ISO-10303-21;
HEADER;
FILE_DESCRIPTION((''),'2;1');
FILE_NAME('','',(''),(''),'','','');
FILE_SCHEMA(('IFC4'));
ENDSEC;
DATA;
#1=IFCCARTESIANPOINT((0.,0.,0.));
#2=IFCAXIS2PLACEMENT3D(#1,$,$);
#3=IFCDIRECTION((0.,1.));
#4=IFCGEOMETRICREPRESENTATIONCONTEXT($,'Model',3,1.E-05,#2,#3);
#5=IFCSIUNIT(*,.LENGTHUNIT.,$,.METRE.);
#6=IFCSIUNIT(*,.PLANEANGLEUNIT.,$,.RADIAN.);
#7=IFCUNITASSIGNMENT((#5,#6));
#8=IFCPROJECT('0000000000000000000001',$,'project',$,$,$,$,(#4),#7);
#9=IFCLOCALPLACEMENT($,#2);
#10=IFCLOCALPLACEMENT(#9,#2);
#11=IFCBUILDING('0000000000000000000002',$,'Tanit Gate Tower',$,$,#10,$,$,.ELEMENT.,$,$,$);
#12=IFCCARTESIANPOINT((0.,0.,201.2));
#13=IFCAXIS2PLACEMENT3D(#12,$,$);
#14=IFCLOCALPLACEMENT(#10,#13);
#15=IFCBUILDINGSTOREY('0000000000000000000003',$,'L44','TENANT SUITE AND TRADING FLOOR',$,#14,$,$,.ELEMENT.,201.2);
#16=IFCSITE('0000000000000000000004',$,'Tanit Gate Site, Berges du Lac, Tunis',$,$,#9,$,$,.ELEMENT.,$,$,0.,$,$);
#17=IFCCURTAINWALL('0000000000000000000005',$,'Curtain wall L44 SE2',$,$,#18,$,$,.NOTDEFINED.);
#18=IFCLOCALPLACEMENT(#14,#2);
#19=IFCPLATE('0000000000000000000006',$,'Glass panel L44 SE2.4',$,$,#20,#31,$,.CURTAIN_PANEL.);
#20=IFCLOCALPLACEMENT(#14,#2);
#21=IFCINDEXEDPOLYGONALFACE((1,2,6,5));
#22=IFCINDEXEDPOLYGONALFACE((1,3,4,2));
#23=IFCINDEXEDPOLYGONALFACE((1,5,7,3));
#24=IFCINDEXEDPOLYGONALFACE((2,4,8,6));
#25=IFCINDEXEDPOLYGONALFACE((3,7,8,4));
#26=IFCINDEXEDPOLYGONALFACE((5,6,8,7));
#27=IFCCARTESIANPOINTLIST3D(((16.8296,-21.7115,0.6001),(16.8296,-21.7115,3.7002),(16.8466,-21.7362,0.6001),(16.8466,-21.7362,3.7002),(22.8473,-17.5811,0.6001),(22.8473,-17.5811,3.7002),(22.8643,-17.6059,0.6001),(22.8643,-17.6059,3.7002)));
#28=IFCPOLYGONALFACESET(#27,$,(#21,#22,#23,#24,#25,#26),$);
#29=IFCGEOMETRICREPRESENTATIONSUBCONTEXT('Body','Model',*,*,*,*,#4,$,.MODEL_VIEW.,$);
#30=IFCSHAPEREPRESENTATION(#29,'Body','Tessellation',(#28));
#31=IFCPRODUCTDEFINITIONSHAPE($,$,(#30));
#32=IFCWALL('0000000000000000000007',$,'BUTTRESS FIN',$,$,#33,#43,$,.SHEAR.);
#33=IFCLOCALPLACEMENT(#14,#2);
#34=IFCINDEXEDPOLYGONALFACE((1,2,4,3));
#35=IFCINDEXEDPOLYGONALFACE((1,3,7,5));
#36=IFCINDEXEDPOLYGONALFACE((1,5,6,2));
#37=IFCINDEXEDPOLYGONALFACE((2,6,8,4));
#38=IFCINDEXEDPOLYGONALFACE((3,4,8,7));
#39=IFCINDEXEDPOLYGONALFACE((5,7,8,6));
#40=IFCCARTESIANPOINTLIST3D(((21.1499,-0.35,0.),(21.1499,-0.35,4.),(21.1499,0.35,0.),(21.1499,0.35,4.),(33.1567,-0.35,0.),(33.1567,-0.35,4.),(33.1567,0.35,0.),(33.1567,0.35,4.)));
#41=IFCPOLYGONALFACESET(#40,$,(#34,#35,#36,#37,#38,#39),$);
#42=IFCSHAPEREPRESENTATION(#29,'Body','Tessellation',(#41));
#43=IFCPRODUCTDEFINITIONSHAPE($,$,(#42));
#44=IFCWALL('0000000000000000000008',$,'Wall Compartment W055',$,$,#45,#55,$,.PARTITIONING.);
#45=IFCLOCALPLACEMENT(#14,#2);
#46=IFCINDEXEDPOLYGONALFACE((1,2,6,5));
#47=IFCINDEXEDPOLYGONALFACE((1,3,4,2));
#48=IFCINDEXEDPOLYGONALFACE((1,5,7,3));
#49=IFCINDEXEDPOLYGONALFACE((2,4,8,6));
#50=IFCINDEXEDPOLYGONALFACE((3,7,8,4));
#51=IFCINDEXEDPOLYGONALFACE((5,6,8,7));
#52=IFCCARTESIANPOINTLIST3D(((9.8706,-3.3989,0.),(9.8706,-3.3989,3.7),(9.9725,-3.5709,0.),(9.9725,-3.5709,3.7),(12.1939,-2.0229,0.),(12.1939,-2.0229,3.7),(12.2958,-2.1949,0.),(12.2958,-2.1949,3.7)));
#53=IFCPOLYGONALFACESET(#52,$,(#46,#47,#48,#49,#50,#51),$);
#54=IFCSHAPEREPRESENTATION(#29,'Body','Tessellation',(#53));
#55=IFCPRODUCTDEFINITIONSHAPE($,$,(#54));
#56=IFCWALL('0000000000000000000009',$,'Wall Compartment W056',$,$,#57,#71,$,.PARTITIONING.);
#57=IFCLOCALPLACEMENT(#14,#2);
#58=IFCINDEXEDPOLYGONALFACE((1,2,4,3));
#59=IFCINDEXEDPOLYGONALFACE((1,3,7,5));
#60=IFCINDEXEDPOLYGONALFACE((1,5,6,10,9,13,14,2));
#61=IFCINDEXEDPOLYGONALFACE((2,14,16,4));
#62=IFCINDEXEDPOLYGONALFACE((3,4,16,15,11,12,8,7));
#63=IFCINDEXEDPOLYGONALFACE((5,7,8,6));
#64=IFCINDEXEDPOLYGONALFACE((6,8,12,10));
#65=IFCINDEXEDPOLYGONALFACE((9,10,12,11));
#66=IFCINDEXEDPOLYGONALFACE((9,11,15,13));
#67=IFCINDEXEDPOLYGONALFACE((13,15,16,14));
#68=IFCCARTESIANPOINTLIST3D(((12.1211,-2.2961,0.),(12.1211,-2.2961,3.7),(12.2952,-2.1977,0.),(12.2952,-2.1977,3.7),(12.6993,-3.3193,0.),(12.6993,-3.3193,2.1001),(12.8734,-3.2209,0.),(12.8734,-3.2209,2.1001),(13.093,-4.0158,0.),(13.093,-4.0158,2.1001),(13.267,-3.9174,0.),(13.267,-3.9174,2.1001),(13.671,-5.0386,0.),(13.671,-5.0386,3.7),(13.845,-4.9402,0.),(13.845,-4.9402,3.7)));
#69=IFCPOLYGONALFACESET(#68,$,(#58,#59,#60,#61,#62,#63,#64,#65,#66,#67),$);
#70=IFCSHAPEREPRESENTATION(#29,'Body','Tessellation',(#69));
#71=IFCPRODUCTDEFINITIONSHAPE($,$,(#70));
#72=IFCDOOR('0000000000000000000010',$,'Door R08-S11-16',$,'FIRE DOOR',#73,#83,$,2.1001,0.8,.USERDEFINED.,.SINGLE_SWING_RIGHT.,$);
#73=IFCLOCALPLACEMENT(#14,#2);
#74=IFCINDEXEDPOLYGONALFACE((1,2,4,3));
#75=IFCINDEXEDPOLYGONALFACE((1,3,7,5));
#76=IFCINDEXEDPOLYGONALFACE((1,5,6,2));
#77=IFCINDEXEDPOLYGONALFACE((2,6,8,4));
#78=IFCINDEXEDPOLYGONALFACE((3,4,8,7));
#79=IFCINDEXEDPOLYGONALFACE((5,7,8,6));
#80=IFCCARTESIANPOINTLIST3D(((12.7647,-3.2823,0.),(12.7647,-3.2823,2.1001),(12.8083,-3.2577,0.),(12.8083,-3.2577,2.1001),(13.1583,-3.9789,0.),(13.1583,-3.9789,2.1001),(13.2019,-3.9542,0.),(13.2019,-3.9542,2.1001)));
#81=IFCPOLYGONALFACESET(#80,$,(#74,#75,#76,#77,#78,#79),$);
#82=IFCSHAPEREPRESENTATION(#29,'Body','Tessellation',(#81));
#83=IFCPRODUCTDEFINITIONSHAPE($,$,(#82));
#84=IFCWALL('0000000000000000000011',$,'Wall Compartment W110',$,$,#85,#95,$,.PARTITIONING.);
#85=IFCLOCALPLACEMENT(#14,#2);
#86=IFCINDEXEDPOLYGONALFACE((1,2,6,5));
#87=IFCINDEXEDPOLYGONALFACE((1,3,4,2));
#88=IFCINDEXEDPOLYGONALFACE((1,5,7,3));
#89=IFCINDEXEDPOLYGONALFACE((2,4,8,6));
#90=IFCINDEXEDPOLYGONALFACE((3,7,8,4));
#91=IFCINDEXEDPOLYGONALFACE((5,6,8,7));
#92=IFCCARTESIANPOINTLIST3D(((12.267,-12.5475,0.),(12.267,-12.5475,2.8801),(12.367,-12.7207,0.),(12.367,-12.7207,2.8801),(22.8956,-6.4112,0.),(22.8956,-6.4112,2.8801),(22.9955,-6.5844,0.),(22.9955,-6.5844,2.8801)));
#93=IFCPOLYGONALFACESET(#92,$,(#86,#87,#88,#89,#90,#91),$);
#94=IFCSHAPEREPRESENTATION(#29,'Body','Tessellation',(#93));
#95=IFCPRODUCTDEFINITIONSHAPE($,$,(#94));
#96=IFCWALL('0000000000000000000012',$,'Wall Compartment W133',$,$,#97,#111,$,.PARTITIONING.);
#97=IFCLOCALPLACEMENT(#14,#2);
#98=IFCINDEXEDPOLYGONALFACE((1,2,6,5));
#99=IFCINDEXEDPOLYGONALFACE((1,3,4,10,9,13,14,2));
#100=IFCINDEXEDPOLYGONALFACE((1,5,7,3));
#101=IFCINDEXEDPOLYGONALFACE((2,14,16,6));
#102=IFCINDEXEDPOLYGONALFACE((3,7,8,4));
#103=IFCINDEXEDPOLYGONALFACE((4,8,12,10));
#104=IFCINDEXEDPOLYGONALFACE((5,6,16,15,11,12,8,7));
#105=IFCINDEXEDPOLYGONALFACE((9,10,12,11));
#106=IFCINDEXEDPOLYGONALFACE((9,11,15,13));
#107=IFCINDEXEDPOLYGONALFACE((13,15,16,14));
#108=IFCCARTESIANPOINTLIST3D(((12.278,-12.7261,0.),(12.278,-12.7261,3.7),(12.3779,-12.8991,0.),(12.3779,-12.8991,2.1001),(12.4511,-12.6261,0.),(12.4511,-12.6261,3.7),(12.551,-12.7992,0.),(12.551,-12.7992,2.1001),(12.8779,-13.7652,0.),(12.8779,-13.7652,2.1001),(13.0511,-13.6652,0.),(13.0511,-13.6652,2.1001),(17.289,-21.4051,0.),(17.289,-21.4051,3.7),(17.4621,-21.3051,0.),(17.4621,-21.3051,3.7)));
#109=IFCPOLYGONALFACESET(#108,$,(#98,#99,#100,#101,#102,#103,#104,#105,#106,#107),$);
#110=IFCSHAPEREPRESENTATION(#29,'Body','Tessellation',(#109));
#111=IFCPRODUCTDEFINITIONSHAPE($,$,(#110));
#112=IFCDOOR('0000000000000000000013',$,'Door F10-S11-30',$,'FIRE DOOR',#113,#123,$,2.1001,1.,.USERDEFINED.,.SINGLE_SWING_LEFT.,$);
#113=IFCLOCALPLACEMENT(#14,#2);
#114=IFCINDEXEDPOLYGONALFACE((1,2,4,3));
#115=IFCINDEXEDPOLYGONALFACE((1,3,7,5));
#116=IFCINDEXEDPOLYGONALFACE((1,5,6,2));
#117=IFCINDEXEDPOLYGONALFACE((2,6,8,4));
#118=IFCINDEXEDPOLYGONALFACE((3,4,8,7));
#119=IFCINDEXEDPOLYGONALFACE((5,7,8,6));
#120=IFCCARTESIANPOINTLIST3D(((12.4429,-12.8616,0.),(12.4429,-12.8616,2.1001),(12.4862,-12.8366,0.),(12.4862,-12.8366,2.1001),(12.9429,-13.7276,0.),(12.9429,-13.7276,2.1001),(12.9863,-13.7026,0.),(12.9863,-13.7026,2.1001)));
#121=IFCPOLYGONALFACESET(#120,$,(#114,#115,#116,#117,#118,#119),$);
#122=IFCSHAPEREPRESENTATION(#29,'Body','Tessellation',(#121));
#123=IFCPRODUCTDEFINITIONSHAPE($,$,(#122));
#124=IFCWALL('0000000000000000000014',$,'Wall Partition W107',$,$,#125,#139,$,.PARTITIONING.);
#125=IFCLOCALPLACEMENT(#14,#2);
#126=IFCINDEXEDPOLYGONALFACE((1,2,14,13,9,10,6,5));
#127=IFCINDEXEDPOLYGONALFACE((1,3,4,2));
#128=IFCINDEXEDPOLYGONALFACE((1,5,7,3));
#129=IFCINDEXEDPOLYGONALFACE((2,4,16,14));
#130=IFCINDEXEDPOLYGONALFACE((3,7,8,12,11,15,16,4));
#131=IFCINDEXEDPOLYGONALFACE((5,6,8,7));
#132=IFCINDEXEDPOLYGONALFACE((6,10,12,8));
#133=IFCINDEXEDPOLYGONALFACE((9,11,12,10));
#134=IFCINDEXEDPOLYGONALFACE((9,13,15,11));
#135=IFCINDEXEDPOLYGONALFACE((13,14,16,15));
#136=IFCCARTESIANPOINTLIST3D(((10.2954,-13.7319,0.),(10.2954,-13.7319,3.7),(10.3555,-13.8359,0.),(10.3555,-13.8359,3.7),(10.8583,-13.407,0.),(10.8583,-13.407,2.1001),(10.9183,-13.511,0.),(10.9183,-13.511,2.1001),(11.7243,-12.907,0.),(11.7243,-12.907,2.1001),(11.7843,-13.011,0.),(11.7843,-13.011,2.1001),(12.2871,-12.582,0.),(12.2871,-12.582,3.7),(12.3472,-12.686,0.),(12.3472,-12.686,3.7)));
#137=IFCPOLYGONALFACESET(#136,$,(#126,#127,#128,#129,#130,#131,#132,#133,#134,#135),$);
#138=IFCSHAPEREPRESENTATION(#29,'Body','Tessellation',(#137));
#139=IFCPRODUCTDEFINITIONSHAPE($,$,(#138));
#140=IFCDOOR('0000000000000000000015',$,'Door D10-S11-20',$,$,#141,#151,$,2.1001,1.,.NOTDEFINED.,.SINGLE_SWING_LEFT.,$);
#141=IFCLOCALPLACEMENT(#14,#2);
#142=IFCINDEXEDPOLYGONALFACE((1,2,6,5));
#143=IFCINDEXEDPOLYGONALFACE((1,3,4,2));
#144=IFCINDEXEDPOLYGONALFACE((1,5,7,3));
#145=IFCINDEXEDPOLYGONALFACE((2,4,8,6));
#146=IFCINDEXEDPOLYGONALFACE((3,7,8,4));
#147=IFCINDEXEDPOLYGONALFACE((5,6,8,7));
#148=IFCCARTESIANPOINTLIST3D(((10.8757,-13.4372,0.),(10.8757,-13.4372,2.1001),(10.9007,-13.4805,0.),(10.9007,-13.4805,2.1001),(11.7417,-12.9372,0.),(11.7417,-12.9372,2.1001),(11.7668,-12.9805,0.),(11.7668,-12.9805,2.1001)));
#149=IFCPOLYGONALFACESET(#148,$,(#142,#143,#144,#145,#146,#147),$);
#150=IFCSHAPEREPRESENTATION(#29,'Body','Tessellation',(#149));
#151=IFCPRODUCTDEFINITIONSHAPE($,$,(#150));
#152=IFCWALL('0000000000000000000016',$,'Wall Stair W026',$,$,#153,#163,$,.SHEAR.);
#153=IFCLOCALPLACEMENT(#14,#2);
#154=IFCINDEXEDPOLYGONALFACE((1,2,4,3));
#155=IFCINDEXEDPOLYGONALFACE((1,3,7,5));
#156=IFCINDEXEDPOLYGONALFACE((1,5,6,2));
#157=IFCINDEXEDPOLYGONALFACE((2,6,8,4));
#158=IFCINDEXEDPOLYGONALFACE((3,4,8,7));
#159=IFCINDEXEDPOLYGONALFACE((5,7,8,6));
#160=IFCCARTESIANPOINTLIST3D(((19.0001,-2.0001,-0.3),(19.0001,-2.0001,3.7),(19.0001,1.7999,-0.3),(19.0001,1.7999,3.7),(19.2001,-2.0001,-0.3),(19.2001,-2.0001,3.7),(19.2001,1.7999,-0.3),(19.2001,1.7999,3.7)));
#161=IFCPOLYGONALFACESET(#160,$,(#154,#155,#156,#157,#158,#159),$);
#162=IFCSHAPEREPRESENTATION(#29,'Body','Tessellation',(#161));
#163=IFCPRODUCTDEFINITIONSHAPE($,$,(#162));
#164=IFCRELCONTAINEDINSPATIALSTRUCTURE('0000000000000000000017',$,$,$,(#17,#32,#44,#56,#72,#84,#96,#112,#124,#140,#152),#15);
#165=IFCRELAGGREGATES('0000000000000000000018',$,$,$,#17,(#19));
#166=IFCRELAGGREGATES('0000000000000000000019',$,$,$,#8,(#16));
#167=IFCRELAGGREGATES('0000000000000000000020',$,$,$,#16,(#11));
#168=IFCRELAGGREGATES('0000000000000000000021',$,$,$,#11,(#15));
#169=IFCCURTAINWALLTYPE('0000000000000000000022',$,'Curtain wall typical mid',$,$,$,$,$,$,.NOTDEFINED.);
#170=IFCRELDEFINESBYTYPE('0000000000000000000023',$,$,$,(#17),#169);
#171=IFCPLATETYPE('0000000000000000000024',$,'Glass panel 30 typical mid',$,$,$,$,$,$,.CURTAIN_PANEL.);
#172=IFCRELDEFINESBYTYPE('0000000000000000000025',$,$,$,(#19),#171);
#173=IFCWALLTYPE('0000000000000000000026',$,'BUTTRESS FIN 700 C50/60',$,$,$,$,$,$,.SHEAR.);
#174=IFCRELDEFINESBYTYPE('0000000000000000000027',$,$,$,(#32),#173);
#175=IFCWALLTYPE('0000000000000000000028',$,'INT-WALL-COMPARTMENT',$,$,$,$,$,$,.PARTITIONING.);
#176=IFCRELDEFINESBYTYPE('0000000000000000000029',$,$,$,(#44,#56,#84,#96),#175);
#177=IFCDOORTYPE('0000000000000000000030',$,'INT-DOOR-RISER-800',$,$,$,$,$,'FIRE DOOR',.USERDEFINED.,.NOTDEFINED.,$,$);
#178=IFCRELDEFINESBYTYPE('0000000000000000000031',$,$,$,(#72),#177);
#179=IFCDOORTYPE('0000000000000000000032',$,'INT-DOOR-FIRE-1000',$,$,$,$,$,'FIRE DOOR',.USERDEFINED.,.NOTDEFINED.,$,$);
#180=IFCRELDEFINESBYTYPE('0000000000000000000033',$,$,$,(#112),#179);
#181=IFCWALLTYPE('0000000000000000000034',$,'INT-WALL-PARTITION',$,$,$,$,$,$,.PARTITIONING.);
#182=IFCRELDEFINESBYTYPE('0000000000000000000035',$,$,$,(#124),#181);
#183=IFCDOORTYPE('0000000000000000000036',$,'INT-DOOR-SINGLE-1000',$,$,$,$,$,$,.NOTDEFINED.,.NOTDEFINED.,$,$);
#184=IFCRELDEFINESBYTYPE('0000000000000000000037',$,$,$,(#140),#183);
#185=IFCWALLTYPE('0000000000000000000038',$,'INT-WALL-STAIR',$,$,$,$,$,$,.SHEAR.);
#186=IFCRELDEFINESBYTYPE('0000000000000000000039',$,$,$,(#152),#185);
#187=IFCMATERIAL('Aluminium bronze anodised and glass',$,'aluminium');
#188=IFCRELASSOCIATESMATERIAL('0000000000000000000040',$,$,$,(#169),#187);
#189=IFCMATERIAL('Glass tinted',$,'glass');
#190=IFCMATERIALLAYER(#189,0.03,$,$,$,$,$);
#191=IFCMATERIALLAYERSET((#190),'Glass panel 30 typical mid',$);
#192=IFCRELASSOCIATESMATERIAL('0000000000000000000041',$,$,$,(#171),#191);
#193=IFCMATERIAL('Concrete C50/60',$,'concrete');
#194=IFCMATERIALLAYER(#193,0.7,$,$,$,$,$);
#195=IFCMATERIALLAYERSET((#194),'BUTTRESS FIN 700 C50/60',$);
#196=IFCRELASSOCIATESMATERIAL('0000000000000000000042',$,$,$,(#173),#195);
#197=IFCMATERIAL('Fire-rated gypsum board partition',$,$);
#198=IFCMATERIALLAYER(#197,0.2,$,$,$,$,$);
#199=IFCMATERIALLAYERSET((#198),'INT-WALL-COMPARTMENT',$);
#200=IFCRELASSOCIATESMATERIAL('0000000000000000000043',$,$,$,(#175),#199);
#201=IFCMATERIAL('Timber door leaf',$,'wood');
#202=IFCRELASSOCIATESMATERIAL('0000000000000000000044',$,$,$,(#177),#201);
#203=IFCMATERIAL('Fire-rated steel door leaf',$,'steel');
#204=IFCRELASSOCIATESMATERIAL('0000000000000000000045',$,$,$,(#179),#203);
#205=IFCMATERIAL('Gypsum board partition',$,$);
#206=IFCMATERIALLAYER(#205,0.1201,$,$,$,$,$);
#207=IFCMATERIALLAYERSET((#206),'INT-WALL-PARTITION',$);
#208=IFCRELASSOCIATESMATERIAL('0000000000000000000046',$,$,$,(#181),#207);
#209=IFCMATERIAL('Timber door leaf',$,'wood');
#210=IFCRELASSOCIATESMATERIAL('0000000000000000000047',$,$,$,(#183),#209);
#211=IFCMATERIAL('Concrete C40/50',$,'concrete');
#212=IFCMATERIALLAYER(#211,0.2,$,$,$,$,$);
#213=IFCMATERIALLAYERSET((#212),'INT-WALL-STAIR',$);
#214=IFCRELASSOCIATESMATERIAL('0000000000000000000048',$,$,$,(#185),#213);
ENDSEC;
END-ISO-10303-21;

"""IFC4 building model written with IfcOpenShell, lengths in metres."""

from ifc_helpers import new_model, si_unit, direction, frame, frame_2d, origin, origin_2d, place, context, subcontext, project, spatial, rectangle, extrude, material, layer, layer_set, type_object, element, fill, aggregate, save


model = new_model("IFC4")

# Units and contexts
model_context = context("Model", 3, precision=1e-05, world=origin(), true_north=direction((0.0, 1.0)))
body_context = subcontext(model_context, "Body", "Model", "MODEL_VIEW")
ifc_project = project(units=[si_unit("LENGTHUNIT", "METRE"), si_unit("PLANEANGLEUNIT", "RADIAN")], contexts=[model_context])

# Site, building, storey
site_placement = place(None, origin())
site = spatial("IfcSite", under=ifc_project, at=site_placement, Name="Tanit Gate Site, Berges du Lac, Tunis", CompositionType="ELEMENT", RefElevation=0.0)
building_placement = place(site_placement, origin())
building = spatial("IfcBuilding", under=site, at=building_placement, Name="Tanit Gate Tower", CompositionType="ELEMENT")
storey_placement = place(building_placement, frame((0.0, 0.0, 201.2)))
storey = spatial("IfcBuildingStorey", under=building, at=storey_placement, Name="L44", Description="TENANT SUITE AND TRADING FLOOR", CompositionType="ELEMENT", Elevation=201.2)

# Curtain wall
ifc_material_1 = material(Name="Aluminium bronze anodised and glass", Category="aluminium")
curtain_wall_type = type_object("IfcCurtainWallType", Name="Curtain wall typical mid", PredefinedType="NOTDEFINED", material=ifc_material_1)
curtain_wall_placement = place(storey_placement, origin())
curtain_wall = element("IfcCurtainWall", 1, at=curtain_wall_placement, inside=storey, type_object=curtain_wall_type, Name="Curtain wall L44 SE2", PredefinedType="NOTDEFINED")

# Plate
ifc_material_2 = material(Name="Glass tinted", Category="glass")
ifc_layer_1 = layer(ifc_material_2, 0.03)
ifc_layer_set_1 = layer_set([ifc_layer_1], Name="Glass panel 30 typical mid")
plate_type = type_object("IfcPlateType", Name="Glass panel 30 typical mid", PredefinedType="CURTAIN_PANEL", material=ifc_layer_set_1)
plate_1_placement = place(storey_placement, frame((19.8469, -19.6587, 0.6001), z_axis=(0.0, 0.0, 1.0), x_axis=(0.824479, 0.565893, 0.0)))
plate_1 = element("IfcPlate", 2, at=plate_1_placement, type_object=plate_type, Name="Glass panel L44 SE2.4", PredefinedType="CURTAIN_PANEL", context=body_context, shape_type="SweptSolid", body=[
    extrude(rectangle(XDim=7.2988, YDim=0.03, at=origin_2d()), origin(), (0.0, 0.0, 1.0), 3.1001),
])
aggregate(curtain_wall, [plate_1])

# Walls
ifc_material_3 = material(Name="Concrete C50/60", Category="concrete")
ifc_layer_2 = layer(ifc_material_3, 0.7)
ifc_layer_set_2 = layer_set([ifc_layer_2], Name="BUTTRESS FIN 700 C50/60")
wall_type_1 = type_object("IfcWallType", Name="BUTTRESS FIN 700 C50/60", PredefinedType="SHEAR", material=ifc_layer_set_2)
wall_1_placement = place(storey_placement, frame((21.1499, 0.0, 0.0), z_axis=(0.0, 0.0, 1.0), x_axis=(1.0, 0.0, 0.0)))
element("IfcWall", 3, at=wall_1_placement, inside=storey, type_object=wall_type_1, Name="BUTTRESS FIN", PredefinedType="SHEAR", context=body_context, shape_type="SweptSolid", body=[
    extrude(rectangle(XDim=12.0068, YDim=0.7, at=frame_2d((6.0034, 0.0))), origin(), (0.0, 0.0, 1.0), 4.0),
])
ifc_material_4 = material(Name="Fire-rated gypsum board partition")
ifc_layer_3 = layer(ifc_material_4, 0.2)
ifc_layer_set_3 = layer_set([ifc_layer_3], Name="INT-WALL-COMPARTMENT")
wall_type_2 = type_object("IfcWallType", Name="INT-WALL-COMPARTMENT", PredefinedType="PARTITIONING", material=ifc_layer_set_3)
wall_2_placement = place(storey_placement, frame((12.2449, -2.1089, 0.0), z_axis=(0.0, 0.0, 1.0), x_axis=(-0.860415, -0.509594, 0.0)))
element("IfcWall", 4, at=wall_2_placement, inside=storey, type_object=wall_type_2, Name="Wall Compartment W055", PredefinedType="PARTITIONING", context=body_context, shape_type="SweptSolid", body=[
    extrude(rectangle(XDim=2.7002, YDim=0.2, at=frame_2d((1.3501, 0.0))), origin(), (0.0, 0.0, 1.0), 3.7),
])

# Wall, opening, door
wall_3_placement = place(storey_placement, frame((13.7581, -4.9895, 0.0), z_axis=(0.0, 0.0, 1.0), x_axis=(-0.491993, 0.870599, 0.0)))
wall_3 = element("IfcWall", 5, at=wall_3_placement, inside=storey, type_object=wall_type_2, Name="Wall Compartment W056", PredefinedType="PARTITIONING", context=body_context, shape_type="SweptSolid", body=[
    extrude(rectangle(XDim=3.1501, YDim=0.2, at=frame_2d((1.5752, 0.0))), origin(), (0.0, 0.0, 1.0), 3.7),
])
opening_1_placement = place(wall_3_placement, frame((1.175, 0.0, 0.0)))
opening_1 = element("IfcOpeningElement", 6, at=opening_1_placement, cuts=wall_3, PredefinedType="OPENING", context=body_context, shape_type="SweptSolid", body=[
    extrude(rectangle(XDim=0.8, YDim=2.1001, at=frame_2d((0.3999, 1.05))), frame((0.0, 0.1099, 0.0), z_axis=(0.0, -1.0, 0.0), x_axis=(1.0, 0.0, 0.0)), (0.0, 0.0, 1.0), 0.22),
])
ifc_material_5 = material(Name="Timber door leaf", Category="wood")
door_type_1 = type_object("IfcDoorType", Name="INT-DOOR-RISER-800", ElementType="FIRE DOOR", OperationType="NOTDEFINED", PredefinedType="USERDEFINED", material=ifc_material_5)
door_1_placement = place(opening_1_placement, origin())
door_1 = element("IfcDoor", 7, at=door_1_placement, inside=storey, type_object=door_type_1, Name="Door R08-S11-16", ObjectType="FIRE DOOR", OperationType="SINGLE_SWING_RIGHT", OverallHeight=2.1001, OverallWidth=0.8, PredefinedType="USERDEFINED", context=body_context, shape_type="SweptSolid", body=[
    extrude(rectangle(XDim=0.8, YDim=2.1001, at=frame_2d((0.3999, 1.05))), frame((0.0, 0.0249, 0.0), z_axis=(0.0, -1.0, 0.0), x_axis=(1.0, 0.0, 0.0)), (0.0, 0.0, 1.0), 0.05),
])
fill(opening_1, door_1)

# Wall
wall_4_placement = place(storey_placement, frame((12.3171, -12.634, 0.0), z_axis=(0.0, 0.0, 1.0), x_axis=(0.866029, 0.499995, 0.0)))
element("IfcWall", 8, at=wall_4_placement, inside=storey, type_object=wall_type_2, Name="Wall Compartment W110", PredefinedType="PARTITIONING", context=body_context, shape_type="SweptSolid", body=[
    extrude(rectangle(XDim=12.2727, YDim=0.2, at=frame_2d((6.1362, 0.0))), origin(), (0.0, 0.0, 1.0), 2.8801),
])

# Walls, openings, doors
wall_5_placement = place(storey_placement, frame((17.3755, -21.355, 0.0), z_axis=(0.0, 0.0, 1.0), x_axis=(-0.500014, 0.866017, 0.0)))
wall_5 = element("IfcWall", 9, at=wall_5_placement, inside=storey, type_object=wall_type_2, Name="Wall Compartment W133", PredefinedType="PARTITIONING", context=body_context, shape_type="SweptSolid", body=[
    extrude(rectangle(XDim=10.0217, YDim=0.2, at=frame_2d((5.0107, 0.0))), origin(), (0.0, 0.0, 1.0), 3.7),
])
opening_2_placement = place(wall_5_placement, frame((8.8218, 0.0, 0.0)))
opening_2 = element("IfcOpeningElement", 10, at=opening_2_placement, cuts=wall_5, PredefinedType="OPENING", context=body_context, shape_type="SweptSolid", body=[
    extrude(rectangle(XDim=1.0, YDim=2.1001, at=frame_2d((0.5, 1.05))), frame((0.0, 0.1099, 0.0), z_axis=(0.0, -1.0, 0.0), x_axis=(1.0, 0.0, 0.0)), (0.0, 0.0, 1.0), 0.22),
])
ifc_material_6 = material(Name="Fire-rated steel door leaf", Category="steel")
door_type_2 = type_object("IfcDoorType", Name="INT-DOOR-FIRE-1000", ElementType="FIRE DOOR", OperationType="NOTDEFINED", PredefinedType="USERDEFINED", material=ifc_material_6)
door_2_placement = place(opening_2_placement, origin())
door_2 = element("IfcDoor", 11, at=door_2_placement, inside=storey, type_object=door_type_2, Name="Door F10-S11-30", ObjectType="FIRE DOOR", OperationType="SINGLE_SWING_LEFT", OverallHeight=2.1001, OverallWidth=1.0, PredefinedType="USERDEFINED", context=body_context, shape_type="SweptSolid", body=[
    extrude(rectangle(XDim=1.0, YDim=2.1001, at=frame_2d((0.5, 1.05))), frame((0.0, 0.0249, 0.0), z_axis=(0.0, -1.0, 0.0), x_axis=(1.0, 0.0, 0.0)), (0.0, 0.0, 1.0), 0.05),
])
fill(opening_2, door_2)
ifc_material_7 = material(Name="Gypsum board partition")
ifc_layer_4 = layer(ifc_material_7, 0.1201)
ifc_layer_set_4 = layer_set([ifc_layer_4], Name="INT-WALL-PARTITION")
wall_type_3 = type_object("IfcWallType", Name="INT-WALL-PARTITION", PredefinedType="PARTITIONING", material=ifc_layer_set_4)
wall_6_placement = place(storey_placement, frame((12.3171, -12.634, 0.0), z_axis=(0.0, 0.0, 1.0), x_axis=(-0.866026, -0.499998, 0.0)))
wall_6 = element("IfcWall", 12, at=wall_6_placement, inside=storey, type_object=wall_type_3, Name="Wall Partition W107", PredefinedType="PARTITIONING", context=body_context, shape_type="SweptSolid", body=[
    extrude(rectangle(XDim=2.2998, YDim=0.1201, at=frame_2d((1.1499, 0.0))), origin(), (0.0, 0.0, 1.0), 3.7),
])
opening_3_placement = place(wall_6_placement, frame((0.6499, 0.0, 0.0)))
opening_3 = element("IfcOpeningElement", 13, at=opening_3_placement, cuts=wall_6, PredefinedType="OPENING", context=body_context, shape_type="SweptSolid", body=[
    extrude(rectangle(XDim=1.0, YDim=2.1001, at=frame_2d((0.5, 1.05))), frame((0.0, 0.0701, 0.0), z_axis=(0.0, -1.0, 0.0), x_axis=(1.0, 0.0, 0.0)), (0.0, 0.0, 1.0), 0.1401),
])
ifc_material_8 = material(Name="Timber door leaf", Category="wood")
door_type_3 = type_object("IfcDoorType", Name="INT-DOOR-SINGLE-1000", OperationType="NOTDEFINED", PredefinedType="NOTDEFINED", material=ifc_material_8)
door_3_placement = place(opening_3_placement, origin())
door_3 = element("IfcDoor", 14, at=door_3_placement, inside=storey, type_object=door_type_3, Name="Door D10-S11-20", OperationType="SINGLE_SWING_LEFT", OverallHeight=2.1001, OverallWidth=1.0, PredefinedType="NOTDEFINED", context=body_context, shape_type="SweptSolid", body=[
    extrude(rectangle(XDim=1.0, YDim=2.1001, at=frame_2d((0.5, 1.05))), frame((0.0, 0.0249, 0.0), z_axis=(0.0, -1.0, 0.0), x_axis=(1.0, 0.0, 0.0)), (0.0, 0.0, 1.0), 0.05),
])
fill(opening_3, door_3)

# Wall
ifc_material_9 = material(Name="Concrete C40/50", Category="concrete")
ifc_layer_5 = layer(ifc_material_9, 0.2)
ifc_layer_set_5 = layer_set([ifc_layer_5], Name="INT-WALL-STAIR")
wall_type_4 = type_object("IfcWallType", Name="INT-WALL-STAIR", PredefinedType="SHEAR", material=ifc_layer_set_5)
wall_7_placement = place(storey_placement, frame((19.1001, -2.0, -0.3), z_axis=(0.0, 0.0, 1.0), x_axis=(0.0, 1.0, 0.0)))
element("IfcWall", 15, at=wall_7_placement, inside=storey, type_object=wall_type_4, Name="Wall Stair W026", PredefinedType="SHEAR", context=body_context, shape_type="SweptSolid", body=[
    extrude(rectangle(XDim=3.8, YDim=0.2, at=frame_2d((1.8999, 0.0))), origin(), (0.0, 0.0, 1.0), 4.0),
])

save(model, "model.ifc")
